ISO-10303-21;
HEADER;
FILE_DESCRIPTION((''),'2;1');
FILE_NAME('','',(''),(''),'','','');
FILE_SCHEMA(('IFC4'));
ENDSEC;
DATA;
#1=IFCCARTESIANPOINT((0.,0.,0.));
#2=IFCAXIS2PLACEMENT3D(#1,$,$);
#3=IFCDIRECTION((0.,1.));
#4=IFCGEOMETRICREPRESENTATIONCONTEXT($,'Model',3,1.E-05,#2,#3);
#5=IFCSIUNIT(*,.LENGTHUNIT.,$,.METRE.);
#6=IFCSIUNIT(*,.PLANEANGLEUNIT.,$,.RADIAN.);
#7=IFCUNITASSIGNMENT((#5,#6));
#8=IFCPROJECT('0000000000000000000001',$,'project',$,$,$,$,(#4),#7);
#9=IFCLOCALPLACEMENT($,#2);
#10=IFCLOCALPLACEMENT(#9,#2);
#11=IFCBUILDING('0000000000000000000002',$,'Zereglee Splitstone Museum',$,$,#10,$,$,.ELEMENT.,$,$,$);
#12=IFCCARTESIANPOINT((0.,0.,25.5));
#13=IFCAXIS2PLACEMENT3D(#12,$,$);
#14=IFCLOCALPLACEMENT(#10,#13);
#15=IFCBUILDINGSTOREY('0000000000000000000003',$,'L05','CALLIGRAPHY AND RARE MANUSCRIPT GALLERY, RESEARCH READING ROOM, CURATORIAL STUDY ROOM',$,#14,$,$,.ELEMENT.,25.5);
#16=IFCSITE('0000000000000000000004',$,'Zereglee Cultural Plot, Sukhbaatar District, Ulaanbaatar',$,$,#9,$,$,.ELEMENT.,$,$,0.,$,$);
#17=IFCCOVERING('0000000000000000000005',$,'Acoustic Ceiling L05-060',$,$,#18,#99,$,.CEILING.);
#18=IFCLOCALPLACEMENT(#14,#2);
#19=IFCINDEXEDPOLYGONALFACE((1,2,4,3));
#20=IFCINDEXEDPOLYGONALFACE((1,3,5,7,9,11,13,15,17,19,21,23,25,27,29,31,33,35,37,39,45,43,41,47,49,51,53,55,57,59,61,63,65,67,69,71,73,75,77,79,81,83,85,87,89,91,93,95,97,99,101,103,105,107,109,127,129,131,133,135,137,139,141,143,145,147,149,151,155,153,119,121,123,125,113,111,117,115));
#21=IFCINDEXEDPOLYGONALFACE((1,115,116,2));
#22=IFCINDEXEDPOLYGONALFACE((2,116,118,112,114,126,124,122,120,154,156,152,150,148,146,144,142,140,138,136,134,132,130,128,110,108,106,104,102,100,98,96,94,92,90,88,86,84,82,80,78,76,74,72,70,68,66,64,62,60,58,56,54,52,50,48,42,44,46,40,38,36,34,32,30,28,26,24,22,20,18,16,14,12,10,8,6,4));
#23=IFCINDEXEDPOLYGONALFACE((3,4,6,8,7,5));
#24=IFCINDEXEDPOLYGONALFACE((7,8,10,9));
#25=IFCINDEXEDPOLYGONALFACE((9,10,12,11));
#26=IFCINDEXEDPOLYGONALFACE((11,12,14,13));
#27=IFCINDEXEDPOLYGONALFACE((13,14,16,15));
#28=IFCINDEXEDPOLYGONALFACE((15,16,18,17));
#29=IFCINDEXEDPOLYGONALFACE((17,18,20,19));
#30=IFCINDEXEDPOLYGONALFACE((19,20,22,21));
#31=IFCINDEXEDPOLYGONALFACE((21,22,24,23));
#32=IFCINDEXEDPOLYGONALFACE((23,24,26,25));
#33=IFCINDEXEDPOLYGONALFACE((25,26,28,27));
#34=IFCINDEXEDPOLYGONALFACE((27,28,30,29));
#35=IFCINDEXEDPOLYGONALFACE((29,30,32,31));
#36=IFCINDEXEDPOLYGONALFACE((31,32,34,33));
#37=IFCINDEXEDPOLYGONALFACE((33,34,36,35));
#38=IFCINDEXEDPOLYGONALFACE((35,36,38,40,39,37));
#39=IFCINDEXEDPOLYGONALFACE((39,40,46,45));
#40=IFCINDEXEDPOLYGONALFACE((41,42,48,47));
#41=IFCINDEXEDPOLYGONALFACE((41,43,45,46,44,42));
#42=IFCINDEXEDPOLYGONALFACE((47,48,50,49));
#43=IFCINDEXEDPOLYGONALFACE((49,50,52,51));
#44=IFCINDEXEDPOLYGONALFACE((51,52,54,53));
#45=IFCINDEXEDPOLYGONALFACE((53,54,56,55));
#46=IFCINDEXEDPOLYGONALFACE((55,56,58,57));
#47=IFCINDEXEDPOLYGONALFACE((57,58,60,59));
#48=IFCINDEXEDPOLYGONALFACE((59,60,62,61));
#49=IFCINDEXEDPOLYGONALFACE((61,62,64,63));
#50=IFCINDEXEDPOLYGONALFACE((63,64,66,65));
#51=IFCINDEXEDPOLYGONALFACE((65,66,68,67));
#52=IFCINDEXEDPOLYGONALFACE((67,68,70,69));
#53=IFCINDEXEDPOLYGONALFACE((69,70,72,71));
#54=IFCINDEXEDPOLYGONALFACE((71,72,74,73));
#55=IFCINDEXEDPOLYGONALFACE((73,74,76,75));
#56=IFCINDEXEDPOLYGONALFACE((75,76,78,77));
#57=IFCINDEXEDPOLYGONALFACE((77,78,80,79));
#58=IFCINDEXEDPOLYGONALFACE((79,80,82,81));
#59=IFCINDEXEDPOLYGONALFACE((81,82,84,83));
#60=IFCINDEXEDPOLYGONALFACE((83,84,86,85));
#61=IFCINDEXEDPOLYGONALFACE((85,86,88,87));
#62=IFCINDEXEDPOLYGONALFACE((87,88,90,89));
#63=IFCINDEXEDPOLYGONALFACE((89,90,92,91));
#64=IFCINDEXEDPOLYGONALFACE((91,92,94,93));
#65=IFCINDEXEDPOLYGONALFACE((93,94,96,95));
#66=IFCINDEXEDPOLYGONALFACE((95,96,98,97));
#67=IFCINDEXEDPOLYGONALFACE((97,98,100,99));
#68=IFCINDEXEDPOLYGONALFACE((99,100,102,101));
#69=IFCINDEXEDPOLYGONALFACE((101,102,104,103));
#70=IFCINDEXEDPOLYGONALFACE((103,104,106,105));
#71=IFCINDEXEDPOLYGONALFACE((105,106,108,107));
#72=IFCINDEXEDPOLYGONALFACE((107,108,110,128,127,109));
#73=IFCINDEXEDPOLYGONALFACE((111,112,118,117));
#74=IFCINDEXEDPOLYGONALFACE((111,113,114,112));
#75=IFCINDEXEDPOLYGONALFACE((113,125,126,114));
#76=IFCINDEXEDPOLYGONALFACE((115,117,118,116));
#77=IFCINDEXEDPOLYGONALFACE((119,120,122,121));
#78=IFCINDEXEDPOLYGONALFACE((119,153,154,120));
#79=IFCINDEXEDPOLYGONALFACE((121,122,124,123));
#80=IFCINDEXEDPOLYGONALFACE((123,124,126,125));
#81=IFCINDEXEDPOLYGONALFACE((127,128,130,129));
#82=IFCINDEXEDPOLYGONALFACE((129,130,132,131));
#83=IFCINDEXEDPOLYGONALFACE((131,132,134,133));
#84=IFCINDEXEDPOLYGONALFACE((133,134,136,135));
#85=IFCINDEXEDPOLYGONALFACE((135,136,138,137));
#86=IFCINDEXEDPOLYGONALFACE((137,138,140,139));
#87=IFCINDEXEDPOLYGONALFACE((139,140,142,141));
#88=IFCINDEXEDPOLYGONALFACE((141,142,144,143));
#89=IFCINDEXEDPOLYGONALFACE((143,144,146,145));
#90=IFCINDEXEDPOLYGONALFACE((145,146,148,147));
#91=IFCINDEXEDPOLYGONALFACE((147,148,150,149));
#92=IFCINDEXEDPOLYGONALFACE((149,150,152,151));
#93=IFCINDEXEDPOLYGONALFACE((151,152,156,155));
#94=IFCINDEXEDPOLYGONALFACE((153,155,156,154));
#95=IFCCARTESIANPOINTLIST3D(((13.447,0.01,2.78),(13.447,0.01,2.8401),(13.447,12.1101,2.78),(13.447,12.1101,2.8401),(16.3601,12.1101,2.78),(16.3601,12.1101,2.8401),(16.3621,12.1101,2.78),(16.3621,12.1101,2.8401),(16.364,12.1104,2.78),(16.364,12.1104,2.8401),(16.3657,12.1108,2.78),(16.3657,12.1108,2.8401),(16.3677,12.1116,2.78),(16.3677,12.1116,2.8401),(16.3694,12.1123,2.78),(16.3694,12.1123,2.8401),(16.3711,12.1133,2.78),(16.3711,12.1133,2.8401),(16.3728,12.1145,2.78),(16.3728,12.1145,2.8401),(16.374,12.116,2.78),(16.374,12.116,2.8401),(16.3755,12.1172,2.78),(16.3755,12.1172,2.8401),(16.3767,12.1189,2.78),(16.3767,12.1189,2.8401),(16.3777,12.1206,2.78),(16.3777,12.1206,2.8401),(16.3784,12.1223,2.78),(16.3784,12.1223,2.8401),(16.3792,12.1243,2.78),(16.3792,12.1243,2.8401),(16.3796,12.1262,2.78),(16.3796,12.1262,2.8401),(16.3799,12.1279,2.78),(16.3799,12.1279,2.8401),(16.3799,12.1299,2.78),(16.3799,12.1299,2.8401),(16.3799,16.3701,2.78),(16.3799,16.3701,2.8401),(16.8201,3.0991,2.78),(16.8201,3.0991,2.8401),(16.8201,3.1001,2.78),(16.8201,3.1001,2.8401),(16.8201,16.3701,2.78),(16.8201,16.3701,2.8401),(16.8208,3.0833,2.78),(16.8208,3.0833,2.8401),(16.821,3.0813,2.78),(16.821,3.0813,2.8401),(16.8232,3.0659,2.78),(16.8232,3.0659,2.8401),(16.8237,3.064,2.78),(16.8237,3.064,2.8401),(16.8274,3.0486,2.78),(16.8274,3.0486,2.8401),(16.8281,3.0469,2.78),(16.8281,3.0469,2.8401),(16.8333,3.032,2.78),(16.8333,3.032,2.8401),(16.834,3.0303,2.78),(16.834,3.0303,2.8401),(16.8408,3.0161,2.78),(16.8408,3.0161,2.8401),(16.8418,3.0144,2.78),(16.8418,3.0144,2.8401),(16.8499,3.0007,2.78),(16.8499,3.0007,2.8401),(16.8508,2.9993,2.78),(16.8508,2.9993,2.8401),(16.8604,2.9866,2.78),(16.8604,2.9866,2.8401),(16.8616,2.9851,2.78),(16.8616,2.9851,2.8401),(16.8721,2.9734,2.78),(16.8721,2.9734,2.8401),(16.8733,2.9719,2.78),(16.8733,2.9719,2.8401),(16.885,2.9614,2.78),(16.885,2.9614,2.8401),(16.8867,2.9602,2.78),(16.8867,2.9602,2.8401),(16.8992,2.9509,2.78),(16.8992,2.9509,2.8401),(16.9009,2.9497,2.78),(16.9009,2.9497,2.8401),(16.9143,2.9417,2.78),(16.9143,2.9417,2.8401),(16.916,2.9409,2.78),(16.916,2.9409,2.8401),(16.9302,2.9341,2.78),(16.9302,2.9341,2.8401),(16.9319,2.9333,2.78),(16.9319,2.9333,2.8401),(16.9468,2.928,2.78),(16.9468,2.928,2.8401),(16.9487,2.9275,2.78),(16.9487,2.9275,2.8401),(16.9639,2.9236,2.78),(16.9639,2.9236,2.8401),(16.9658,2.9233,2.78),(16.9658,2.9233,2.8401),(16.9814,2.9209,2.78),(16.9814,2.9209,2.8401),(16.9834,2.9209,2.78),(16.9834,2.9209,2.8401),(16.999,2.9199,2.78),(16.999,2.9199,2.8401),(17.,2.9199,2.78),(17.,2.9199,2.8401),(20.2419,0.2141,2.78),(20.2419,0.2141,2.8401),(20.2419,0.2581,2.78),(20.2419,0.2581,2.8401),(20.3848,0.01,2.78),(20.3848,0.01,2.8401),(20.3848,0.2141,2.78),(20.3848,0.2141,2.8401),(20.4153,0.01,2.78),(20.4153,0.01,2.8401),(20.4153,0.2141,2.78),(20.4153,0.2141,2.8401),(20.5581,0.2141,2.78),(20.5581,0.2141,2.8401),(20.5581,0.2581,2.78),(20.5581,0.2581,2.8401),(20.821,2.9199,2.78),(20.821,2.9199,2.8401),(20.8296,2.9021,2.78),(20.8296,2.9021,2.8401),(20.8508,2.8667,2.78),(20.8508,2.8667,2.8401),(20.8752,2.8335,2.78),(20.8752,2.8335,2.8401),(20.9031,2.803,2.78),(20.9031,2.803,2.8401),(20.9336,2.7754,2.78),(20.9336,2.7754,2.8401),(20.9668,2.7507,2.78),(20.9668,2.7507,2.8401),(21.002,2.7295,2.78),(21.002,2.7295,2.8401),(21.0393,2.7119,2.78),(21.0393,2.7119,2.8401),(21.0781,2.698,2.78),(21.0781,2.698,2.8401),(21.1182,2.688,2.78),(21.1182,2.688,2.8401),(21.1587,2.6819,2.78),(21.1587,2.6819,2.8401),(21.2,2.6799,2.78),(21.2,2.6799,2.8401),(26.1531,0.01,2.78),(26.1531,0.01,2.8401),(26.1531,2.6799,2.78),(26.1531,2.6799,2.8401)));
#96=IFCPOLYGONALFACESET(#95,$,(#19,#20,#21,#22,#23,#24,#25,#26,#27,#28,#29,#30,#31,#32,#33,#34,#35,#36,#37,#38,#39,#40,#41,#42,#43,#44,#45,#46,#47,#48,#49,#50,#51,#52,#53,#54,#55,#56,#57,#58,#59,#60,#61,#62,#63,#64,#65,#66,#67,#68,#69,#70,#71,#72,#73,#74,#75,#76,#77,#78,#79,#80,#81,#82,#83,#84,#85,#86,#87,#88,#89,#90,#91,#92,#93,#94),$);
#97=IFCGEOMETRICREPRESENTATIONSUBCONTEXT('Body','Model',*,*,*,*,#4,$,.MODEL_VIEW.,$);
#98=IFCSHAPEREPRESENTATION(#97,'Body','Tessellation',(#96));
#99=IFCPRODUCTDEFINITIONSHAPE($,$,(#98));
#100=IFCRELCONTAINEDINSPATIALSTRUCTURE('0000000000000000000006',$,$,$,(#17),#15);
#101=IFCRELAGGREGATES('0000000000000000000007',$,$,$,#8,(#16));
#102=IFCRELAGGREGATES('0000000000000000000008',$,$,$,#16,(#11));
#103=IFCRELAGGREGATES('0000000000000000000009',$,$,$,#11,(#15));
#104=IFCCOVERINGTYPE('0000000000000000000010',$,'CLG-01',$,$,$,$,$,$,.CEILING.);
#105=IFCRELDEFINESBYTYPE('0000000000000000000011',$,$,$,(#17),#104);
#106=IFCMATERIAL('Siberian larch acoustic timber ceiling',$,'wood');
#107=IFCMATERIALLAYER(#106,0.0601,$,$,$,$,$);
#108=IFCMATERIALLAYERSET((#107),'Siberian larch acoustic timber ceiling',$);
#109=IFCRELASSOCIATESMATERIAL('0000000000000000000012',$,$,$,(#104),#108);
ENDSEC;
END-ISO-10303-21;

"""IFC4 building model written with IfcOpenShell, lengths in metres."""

from ifc_helpers import new_model, si_unit, direction, frame, origin, place, context, subcontext, project, spatial, polyline, outline, extrude, material, layer, layer_set, type_object, element, save


model = new_model("IFC4")

# Units and contexts
model_context = context("Model", 3, precision=1e-05, world=origin(), true_north=direction((0.0, 1.0)))
body_context = subcontext(model_context, "Body", "Model", "MODEL_VIEW")
ifc_project = project(units=[si_unit("LENGTHUNIT", "METRE"), si_unit("PLANEANGLEUNIT", "RADIAN")], contexts=[model_context])

# Site, building, storey
site_placement = place(None, origin())
site = spatial("IfcSite", under=ifc_project, at=site_placement, Name="Zereglee Cultural Plot, Sukhbaatar District, Ulaanbaatar", CompositionType="ELEMENT", RefElevation=0.0)
building_placement = place(site_placement, origin())
building = spatial("IfcBuilding", under=site, at=building_placement, Name="Zereglee Splitstone Museum", CompositionType="ELEMENT")
storey_placement = place(building_placement, frame((0.0, 0.0, 25.5)))
storey = spatial("IfcBuildingStorey", under=building, at=storey_placement, Name="L05", Description="CALLIGRAPHY AND RARE MANUSCRIPT GALLERY, RESEARCH READING ROOM, CURATORIAL STUDY ROOM", CompositionType="ELEMENT", Elevation=25.5)

# Covering
ifc_material_1 = material(Name="Siberian larch acoustic timber ceiling", Category="wood")
ifc_layer_1 = layer(ifc_material_1, 0.0601)
ifc_layer_set_1 = layer_set([ifc_layer_1], Name="Siberian larch acoustic timber ceiling")
covering_type_1 = type_object("IfcCoveringType", Name="CLG-01", PredefinedType="CEILING", material=ifc_layer_set_1)
covering_1_placement = place(storey_placement, frame((0.0, 0.0, 2.78)))
element("IfcCovering", 1, at=covering_1_placement, inside=storey, type_object=covering_type_1, Name="Acoustic Ceiling L05-060", PredefinedType="CEILING", context=body_context, shape_type="SweptSolid", body=[
    extrude(outline(polyline([(20.4153, 0.01), (20.4153, 0.2141), (20.5581, 0.2141), (20.5581, 0.2581), (20.2419, 0.2581), (20.2419, 0.2141), (20.3848, 0.2141), (20.3848, 0.01), (13.447, 0.01), (13.447, 12.1101), (16.3601, 12.1101), (16.3621, 12.1101), (16.364, 12.1104), (16.3657, 12.1108), (16.3677, 12.1116), (16.3694, 12.1123), (16.3711, 12.1133), (16.3728, 12.1145), (16.374, 12.116), (16.3755, 12.1172), (16.3767, 12.1189), (16.3777, 12.1206), (16.3784, 12.1223), (16.3792, 12.1243), (16.3796, 12.1262), (16.3799, 12.1279), (16.3799, 12.1299), (16.3799, 16.3701), (16.8201, 16.3701), (16.8201, 3.1001), (16.8201, 3.0991), (16.8208, 3.0833), (16.821, 3.0813), (16.8232, 3.0659), (16.8237, 3.064), (16.8274, 3.0486), (16.8281, 3.0469), (16.8333, 3.032), (16.834, 3.0303), (16.8408, 3.0161), (16.8418, 3.0144), (16.8499, 3.0007), (16.8508, 2.9993), (16.8604, 2.9866), (16.8616, 2.9851), (16.8721, 2.9734), (16.8733, 2.9719), (16.885, 2.9614), (16.8867, 2.9602), (16.8992, 2.9509), (16.9009, 2.9497), (16.9143, 2.9417), (16.916, 2.9409), (16.9302, 2.9341), (16.9319, 2.9333), (16.9468, 2.928), (16.9487, 2.9275), (16.9639, 2.9236), (16.9658, 2.9233), (16.9814, 2.9209), (16.9834, 2.9209), (16.999, 2.9199), (17.0, 2.9199), (20.821, 2.9199), (20.8296, 2.9021), (20.8508, 2.8667), (20.8752, 2.8335), (20.9031, 2.803), (20.9336, 2.7754), (20.9668, 2.7507), (21.002, 2.7295), (21.0393, 2.7119), (21.0781, 2.698), (21.1182, 2.688), (21.1587, 2.6819), (21.2, 2.6799), (26.1531, 2.6799), (26.1531, 0.01), (20.4153, 0.01)])), origin(), (0.0, 0.0, 1.0), 0.0601),
])

save(model, "model.ifc")
